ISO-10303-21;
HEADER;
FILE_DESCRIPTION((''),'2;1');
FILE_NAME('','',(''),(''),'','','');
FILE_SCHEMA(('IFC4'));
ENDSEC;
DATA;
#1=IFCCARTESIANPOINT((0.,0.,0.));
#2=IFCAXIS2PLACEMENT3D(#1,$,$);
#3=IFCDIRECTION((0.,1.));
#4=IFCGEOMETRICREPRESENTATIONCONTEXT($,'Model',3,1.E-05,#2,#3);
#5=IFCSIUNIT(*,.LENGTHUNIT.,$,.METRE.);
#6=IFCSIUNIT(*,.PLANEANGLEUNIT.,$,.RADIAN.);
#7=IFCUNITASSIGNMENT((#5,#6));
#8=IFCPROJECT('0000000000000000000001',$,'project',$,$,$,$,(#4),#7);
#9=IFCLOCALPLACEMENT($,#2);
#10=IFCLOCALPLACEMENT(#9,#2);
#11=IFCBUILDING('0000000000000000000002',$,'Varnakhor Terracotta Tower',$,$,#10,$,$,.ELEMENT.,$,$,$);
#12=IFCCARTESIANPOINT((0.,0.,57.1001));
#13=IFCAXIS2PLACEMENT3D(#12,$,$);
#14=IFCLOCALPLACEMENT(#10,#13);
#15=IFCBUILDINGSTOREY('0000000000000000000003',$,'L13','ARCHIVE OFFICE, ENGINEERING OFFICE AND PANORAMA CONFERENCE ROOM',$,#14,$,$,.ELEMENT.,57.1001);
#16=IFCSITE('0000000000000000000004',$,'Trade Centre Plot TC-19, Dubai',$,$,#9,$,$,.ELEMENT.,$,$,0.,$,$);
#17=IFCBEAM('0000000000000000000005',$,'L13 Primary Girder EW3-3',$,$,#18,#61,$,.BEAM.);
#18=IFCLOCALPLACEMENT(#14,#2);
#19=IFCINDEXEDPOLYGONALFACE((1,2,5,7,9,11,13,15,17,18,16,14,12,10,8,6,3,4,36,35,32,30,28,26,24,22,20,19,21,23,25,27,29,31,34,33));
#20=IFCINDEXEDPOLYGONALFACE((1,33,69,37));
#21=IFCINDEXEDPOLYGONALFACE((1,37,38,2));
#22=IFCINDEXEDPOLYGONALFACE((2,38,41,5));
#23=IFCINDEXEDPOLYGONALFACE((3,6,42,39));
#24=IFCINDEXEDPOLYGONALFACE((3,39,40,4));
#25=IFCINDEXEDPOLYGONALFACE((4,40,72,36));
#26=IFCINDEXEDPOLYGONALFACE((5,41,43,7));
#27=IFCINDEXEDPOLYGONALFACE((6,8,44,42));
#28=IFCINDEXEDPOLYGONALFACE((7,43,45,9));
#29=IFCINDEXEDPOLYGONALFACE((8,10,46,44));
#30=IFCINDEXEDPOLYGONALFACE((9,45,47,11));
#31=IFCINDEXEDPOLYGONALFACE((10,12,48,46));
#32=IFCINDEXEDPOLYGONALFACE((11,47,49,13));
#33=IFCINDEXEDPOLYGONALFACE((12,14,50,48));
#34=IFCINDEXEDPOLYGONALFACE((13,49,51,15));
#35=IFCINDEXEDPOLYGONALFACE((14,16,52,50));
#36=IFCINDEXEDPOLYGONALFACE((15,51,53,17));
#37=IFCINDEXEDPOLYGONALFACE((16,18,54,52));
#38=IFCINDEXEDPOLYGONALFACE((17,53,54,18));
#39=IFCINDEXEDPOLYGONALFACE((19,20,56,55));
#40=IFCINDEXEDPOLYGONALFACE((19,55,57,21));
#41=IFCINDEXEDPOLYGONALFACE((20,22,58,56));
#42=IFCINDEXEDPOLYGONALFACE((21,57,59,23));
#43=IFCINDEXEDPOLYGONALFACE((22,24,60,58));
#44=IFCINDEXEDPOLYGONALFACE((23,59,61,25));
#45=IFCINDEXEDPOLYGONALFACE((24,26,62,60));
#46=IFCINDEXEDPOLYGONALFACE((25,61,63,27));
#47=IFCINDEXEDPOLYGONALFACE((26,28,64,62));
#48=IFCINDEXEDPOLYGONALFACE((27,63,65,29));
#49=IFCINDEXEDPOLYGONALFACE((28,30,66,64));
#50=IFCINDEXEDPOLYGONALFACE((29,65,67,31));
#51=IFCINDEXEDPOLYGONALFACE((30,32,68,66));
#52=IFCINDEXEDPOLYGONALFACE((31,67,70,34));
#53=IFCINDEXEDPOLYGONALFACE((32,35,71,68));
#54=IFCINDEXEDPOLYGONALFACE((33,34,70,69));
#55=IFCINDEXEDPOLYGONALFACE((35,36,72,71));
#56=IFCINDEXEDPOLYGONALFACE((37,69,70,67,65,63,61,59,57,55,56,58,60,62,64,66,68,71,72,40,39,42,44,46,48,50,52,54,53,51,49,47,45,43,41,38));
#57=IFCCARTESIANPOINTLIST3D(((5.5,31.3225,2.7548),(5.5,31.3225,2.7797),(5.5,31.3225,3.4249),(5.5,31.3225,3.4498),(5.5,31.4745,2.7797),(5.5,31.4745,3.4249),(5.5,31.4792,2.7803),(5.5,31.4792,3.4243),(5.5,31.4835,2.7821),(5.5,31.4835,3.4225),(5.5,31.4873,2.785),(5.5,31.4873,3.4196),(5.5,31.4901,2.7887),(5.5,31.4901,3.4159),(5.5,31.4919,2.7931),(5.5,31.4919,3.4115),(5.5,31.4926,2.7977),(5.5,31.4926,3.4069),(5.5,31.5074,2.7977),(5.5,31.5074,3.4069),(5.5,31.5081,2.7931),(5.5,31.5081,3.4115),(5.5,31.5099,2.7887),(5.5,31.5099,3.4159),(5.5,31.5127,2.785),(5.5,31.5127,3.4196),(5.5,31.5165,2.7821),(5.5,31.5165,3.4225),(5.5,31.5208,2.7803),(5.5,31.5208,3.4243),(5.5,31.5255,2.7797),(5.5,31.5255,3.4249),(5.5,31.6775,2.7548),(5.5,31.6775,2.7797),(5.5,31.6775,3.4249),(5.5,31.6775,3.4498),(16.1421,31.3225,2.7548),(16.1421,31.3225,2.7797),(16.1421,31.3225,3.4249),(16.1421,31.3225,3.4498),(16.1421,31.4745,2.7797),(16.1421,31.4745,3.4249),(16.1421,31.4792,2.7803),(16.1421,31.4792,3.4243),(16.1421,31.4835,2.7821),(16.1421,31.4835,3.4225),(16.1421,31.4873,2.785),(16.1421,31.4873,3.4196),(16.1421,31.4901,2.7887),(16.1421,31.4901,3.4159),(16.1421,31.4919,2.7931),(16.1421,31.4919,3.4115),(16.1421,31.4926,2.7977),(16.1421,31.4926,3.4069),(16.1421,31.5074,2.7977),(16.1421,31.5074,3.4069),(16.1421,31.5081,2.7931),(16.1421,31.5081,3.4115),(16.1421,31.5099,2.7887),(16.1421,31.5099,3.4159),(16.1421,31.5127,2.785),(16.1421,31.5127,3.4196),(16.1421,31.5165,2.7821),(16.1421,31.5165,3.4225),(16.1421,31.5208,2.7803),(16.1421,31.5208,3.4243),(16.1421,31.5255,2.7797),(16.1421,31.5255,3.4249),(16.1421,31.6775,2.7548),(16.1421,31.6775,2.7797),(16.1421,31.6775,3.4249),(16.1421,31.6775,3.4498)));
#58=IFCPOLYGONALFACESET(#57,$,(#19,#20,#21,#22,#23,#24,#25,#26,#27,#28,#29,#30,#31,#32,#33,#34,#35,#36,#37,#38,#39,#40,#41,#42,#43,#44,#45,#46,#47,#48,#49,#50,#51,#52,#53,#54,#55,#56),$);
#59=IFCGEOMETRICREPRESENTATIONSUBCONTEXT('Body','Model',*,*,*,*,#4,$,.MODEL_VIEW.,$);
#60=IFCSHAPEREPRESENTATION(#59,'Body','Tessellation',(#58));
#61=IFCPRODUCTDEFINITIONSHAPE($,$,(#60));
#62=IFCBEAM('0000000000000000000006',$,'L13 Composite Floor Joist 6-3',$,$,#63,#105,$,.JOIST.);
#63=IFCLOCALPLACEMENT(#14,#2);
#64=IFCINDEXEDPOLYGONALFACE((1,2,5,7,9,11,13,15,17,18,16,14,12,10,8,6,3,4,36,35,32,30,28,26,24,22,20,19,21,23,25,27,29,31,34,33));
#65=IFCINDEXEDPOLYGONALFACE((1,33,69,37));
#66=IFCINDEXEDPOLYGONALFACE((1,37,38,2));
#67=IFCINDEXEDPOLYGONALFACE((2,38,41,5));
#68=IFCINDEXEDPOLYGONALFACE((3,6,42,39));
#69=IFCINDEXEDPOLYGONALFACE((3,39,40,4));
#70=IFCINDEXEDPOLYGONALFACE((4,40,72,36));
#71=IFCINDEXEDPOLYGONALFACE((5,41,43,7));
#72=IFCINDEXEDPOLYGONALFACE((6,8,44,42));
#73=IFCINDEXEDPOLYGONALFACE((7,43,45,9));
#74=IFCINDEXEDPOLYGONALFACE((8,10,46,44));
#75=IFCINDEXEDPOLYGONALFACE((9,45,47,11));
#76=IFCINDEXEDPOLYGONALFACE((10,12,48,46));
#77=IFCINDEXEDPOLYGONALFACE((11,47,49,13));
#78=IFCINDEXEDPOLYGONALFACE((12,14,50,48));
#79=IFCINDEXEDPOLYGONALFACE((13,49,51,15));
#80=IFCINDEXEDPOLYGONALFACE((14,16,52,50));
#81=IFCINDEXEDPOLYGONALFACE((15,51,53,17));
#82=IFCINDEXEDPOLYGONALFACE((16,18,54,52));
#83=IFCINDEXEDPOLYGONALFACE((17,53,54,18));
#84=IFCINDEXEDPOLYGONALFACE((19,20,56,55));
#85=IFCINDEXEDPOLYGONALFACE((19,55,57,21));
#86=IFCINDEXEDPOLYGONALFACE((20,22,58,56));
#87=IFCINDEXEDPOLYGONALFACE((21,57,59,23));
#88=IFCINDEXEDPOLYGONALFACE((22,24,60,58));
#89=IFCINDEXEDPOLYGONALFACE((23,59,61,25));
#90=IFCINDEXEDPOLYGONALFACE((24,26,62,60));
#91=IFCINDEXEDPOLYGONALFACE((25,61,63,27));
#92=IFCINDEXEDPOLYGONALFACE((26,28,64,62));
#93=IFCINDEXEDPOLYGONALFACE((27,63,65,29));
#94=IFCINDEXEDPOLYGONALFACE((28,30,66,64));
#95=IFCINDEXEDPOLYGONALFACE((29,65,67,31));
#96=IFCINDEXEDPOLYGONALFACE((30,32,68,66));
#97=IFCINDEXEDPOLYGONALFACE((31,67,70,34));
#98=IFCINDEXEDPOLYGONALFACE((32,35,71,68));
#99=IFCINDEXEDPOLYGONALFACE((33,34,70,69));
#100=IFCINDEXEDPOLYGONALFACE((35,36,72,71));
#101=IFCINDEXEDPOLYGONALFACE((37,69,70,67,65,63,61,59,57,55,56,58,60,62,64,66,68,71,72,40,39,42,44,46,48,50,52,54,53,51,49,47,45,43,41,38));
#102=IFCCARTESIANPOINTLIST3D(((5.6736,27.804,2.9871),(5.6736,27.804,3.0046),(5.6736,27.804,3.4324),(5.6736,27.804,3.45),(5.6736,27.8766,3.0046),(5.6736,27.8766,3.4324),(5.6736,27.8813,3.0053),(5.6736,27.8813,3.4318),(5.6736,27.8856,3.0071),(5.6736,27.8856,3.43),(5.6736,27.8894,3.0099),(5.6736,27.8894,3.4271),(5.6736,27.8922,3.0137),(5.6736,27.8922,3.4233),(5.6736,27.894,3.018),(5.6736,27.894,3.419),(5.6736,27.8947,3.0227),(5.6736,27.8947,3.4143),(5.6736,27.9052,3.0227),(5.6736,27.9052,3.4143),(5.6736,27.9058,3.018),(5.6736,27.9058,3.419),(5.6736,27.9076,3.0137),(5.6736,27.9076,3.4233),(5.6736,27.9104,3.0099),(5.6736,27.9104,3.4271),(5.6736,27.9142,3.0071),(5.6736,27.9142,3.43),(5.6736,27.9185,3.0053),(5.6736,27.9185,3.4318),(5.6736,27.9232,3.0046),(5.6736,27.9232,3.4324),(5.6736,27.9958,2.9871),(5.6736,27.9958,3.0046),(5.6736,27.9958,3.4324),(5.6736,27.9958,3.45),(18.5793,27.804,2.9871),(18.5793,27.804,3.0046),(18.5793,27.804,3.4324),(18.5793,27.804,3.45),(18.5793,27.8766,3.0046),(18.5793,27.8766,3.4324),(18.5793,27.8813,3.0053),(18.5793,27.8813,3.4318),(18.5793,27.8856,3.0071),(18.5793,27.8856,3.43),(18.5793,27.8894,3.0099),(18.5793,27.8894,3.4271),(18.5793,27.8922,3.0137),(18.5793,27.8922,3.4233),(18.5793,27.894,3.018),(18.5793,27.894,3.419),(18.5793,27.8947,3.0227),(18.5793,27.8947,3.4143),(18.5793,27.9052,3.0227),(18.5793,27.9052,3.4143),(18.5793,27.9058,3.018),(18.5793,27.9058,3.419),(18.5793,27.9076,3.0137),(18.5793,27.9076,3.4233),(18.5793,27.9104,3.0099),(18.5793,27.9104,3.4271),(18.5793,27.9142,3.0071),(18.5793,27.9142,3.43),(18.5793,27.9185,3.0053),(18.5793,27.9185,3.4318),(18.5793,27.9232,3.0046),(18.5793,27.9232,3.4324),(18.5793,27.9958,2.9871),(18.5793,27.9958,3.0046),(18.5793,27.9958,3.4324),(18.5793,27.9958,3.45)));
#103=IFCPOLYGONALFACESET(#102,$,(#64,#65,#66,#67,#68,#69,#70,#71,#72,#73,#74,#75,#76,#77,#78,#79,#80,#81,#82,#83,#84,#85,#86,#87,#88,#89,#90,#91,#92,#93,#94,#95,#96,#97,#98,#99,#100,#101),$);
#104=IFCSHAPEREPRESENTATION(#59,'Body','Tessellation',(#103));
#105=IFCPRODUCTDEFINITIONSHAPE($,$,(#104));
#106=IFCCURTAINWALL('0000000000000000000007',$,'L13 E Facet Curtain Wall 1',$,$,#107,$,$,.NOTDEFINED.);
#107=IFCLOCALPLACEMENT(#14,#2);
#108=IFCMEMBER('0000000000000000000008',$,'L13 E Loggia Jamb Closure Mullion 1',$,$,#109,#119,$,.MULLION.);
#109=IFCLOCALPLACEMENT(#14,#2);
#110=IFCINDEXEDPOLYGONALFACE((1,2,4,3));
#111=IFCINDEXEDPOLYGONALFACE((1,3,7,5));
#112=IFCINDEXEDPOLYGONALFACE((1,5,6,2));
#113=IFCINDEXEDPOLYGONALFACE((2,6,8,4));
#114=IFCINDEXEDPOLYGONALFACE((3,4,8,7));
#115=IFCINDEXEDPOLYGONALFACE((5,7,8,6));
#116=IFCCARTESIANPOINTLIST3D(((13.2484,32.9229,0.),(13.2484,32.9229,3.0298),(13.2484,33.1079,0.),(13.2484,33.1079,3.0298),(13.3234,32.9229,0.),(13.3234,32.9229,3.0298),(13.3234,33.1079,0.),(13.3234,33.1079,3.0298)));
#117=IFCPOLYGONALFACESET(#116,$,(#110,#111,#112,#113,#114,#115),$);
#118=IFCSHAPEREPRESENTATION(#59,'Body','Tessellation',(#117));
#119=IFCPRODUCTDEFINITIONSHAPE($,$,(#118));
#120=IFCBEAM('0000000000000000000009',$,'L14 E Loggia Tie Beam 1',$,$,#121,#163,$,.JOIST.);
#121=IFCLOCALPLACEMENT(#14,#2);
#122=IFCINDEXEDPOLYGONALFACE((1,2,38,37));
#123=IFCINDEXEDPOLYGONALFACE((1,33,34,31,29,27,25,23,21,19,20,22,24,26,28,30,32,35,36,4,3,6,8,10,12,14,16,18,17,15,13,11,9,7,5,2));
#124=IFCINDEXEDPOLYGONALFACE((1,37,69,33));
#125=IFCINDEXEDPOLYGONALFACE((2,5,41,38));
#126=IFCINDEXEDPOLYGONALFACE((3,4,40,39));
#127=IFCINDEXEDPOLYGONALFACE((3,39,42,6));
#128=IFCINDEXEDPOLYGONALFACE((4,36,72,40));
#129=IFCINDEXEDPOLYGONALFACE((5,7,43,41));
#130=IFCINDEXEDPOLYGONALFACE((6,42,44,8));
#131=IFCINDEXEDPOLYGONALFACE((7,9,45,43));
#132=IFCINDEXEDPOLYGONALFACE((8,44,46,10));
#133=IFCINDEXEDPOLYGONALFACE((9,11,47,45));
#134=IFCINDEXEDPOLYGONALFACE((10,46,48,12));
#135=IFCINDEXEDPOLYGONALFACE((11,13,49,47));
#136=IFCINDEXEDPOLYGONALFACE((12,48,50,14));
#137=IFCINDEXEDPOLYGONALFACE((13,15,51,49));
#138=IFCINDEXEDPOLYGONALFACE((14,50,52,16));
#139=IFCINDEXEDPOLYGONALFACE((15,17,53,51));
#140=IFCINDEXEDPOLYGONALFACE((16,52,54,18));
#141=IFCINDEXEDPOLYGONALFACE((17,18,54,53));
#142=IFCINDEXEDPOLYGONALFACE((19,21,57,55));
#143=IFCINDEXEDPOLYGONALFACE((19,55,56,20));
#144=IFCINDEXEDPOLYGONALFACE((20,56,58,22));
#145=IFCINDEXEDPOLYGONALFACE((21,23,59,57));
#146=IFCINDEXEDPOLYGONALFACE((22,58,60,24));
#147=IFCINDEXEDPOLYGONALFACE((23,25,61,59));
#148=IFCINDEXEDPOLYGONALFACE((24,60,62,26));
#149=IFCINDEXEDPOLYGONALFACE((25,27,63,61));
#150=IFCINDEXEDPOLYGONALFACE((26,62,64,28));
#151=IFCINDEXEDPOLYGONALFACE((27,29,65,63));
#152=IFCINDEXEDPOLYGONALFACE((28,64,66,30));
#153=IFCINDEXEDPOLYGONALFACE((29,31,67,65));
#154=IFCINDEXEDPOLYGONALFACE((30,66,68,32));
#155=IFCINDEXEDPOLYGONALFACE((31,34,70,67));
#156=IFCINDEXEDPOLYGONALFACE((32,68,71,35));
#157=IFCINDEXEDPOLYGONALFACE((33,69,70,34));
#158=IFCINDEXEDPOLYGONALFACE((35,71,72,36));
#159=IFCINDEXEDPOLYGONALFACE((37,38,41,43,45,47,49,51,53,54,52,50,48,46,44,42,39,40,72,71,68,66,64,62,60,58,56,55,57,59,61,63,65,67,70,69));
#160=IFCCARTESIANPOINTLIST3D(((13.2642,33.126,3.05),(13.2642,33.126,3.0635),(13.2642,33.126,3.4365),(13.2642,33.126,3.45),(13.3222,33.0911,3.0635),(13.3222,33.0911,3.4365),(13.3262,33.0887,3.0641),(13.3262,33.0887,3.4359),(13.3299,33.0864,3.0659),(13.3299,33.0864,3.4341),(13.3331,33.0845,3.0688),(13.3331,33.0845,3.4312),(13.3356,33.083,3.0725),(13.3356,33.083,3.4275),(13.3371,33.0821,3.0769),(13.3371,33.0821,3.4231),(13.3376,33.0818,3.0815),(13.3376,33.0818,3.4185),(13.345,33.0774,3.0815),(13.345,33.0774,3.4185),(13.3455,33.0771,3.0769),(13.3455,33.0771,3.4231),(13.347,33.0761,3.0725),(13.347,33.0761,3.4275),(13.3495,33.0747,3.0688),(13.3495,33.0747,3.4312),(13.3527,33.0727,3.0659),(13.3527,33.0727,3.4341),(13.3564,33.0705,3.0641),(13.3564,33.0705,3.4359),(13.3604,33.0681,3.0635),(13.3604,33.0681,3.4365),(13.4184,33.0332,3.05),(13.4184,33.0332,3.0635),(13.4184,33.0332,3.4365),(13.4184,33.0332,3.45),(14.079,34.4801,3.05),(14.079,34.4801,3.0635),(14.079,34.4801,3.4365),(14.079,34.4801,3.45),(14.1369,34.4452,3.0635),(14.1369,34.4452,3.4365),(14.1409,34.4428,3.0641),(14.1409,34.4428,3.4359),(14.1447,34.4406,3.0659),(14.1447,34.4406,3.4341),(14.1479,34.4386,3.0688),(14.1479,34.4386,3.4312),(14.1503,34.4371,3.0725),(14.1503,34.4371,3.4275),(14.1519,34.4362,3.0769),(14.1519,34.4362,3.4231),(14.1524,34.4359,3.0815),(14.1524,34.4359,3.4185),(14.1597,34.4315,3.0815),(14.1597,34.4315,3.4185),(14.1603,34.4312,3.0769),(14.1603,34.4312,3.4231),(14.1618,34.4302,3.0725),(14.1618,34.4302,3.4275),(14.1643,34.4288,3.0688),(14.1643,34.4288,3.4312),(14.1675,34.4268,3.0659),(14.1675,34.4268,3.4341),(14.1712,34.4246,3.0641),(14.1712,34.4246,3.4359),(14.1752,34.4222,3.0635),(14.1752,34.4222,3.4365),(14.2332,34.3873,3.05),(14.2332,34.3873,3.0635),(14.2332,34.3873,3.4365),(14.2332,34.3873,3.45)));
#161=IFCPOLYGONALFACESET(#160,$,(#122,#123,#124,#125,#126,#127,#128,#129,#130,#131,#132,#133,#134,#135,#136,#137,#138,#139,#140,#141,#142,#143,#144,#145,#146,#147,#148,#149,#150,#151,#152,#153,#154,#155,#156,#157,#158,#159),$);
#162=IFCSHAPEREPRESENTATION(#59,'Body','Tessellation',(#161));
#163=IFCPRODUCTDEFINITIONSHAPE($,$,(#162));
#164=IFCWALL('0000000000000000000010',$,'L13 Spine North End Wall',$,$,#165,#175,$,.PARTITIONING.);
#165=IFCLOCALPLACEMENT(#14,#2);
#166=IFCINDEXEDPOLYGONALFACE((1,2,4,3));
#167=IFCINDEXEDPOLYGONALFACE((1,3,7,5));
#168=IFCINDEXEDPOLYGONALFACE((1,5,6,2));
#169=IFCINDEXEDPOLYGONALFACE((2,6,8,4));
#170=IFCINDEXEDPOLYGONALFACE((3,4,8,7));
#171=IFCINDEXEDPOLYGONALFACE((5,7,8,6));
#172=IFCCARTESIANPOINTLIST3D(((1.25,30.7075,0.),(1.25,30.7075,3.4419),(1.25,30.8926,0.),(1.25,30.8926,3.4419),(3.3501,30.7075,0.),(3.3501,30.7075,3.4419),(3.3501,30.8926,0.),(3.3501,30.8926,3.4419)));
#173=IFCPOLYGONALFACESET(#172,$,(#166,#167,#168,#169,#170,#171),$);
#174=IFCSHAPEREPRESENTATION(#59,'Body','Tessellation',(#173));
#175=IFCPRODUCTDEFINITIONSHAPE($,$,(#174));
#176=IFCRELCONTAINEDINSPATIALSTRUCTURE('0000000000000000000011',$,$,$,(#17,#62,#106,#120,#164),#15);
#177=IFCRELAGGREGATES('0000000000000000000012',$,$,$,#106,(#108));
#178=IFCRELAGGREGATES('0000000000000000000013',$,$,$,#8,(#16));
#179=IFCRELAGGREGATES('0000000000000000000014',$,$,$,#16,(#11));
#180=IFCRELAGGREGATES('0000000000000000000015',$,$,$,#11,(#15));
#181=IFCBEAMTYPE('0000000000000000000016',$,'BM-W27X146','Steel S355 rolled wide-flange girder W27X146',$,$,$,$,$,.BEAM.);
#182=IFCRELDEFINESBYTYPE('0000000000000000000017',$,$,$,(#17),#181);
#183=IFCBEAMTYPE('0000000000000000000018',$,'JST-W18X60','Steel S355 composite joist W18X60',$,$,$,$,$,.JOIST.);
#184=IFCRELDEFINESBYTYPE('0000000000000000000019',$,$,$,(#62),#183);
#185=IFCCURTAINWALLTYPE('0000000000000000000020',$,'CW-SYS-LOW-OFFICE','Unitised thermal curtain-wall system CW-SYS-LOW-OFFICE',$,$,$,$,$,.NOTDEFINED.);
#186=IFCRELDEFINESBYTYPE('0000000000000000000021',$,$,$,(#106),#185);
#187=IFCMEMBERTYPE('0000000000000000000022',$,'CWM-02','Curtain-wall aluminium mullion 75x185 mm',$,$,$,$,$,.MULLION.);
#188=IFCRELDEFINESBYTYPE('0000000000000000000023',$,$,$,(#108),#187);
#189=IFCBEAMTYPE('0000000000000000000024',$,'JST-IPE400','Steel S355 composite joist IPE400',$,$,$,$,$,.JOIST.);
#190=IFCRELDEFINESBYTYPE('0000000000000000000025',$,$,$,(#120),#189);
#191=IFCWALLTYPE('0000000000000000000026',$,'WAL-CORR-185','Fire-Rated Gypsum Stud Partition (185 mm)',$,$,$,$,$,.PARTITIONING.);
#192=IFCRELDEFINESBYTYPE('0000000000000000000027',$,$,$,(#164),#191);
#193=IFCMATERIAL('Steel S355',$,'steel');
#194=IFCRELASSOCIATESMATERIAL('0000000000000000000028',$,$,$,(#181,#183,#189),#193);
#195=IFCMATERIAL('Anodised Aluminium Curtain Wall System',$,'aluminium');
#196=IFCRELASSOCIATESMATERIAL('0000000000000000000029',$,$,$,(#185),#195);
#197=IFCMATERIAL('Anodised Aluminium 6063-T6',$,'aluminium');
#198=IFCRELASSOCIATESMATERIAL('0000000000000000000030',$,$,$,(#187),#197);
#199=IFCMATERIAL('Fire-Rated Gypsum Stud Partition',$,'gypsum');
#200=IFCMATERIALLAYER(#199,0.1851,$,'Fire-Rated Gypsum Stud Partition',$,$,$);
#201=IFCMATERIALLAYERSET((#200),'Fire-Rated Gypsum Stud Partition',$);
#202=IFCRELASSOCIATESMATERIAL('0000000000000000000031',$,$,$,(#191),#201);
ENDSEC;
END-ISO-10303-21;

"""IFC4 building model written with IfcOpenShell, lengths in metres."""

from ifc_helpers import new_model, si_unit, direction, frame, frame_2d, origin, origin_2d, place, context, subcontext, project, spatial, rectangle, i_section, extrude, source, transform, mapped, material, layer, layer_set, material_profile, profile_set, type_object, element, aggregate, save


model = new_model("IFC4")

# Units and contexts
model_context = context("Model", 3, precision=1e-05, world=origin(), true_north=direction((0.0, 1.0)))
body_context = subcontext(model_context, "Body", "Model", "MODEL_VIEW")
ifc_project = project(units=[si_unit("LENGTHUNIT", "METRE"), si_unit("PLANEANGLEUNIT", "RADIAN")], contexts=[model_context])

# Site, building, storey
site_placement = place(None, origin())
site = spatial("IfcSite", under=ifc_project, at=site_placement, Name="Trade Centre Plot TC-19, Dubai", CompositionType="ELEMENT", RefElevation=0.0)
building_placement = place(site_placement, origin())
building = spatial("IfcBuilding", under=site, at=building_placement, Name="Varnakhor Terracotta Tower", CompositionType="ELEMENT")
storey_placement = place(building_placement, frame((0.0, 0.0, 57.1001)))
storey = spatial("IfcBuildingStorey", under=building, at=storey_placement, Name="L13", Description="ARCHIVE OFFICE, ENGINEERING OFFICE AND PANORAMA CONFERENCE ROOM", CompositionType="ELEMENT", Elevation=57.1001)

# Beams
ifc_material_1 = material(Name="Steel S355", Category="steel")
ifc_material_profile_1 = material_profile(ifc_material_1, i_section(OverallWidth=0.355, OverallDepth=0.6951, WebThickness=0.0149, FlangeThickness=0.0249, FilletRadius=0.0181, at=origin_2d()), Name="W27X146")
ifc_profile_set_1 = profile_set([ifc_material_profile_1], Name="Steel S355")
beam_type_1 = type_object("IfcBeamType", Name="BM-W27X146", Description="Steel S355 rolled wide-flange girder W27X146", PredefinedType="BEAM", material=ifc_profile_set_1)
shared_shape_1 = source(origin(), body_context, "Body", "SweptSolid", [
    extrude(i_section(OverallWidth=0.355, OverallDepth=0.6951, WebThickness=0.0149, FlangeThickness=0.0249, FilletRadius=0.0181, at=origin_2d()), origin(), (0.0, 0.0, 1.0), 10.6421),
])
beam_1_placement = place(storey_placement, frame((5.5, 31.5, 3.1023), z_axis=(1.0, 0.0, 0.0), x_axis=(0.0, 1.0, 0.0)))
element("IfcBeam", 1, at=beam_1_placement, inside=storey, type_object=beam_type_1, Name="L13 Primary Girder EW3-3", PredefinedType="BEAM", context=body_context, shape_type="MappedRepresentation", body=[
    mapped(shared_shape_1, transform((0.0, 0.0, 0.0), scale=1.0)),
])
ifc_material_profile_2 = material_profile(ifc_material_1, i_section(OverallWidth=0.1919, OverallDepth=0.4629, WebThickness=0.0105, FlangeThickness=0.0176, FilletRadius=0.0181, at=origin_2d()), Name="W18X60")
ifc_profile_set_2 = profile_set([ifc_material_profile_2], Name="Steel S355")
beam_type_2 = type_object("IfcBeamType", Name="JST-W18X60", Description="Steel S355 composite joist W18X60", PredefinedType="JOIST", material=ifc_profile_set_2)
shared_shape_2 = source(origin(), body_context, "Body", "SweptSolid", [
    extrude(i_section(OverallWidth=0.1919, OverallDepth=0.4629, WebThickness=0.0105, FlangeThickness=0.0176, FilletRadius=0.0181, at=origin_2d()), origin(), (0.0, 0.0, 1.0), 12.9058),
])
beam_2_placement = place(storey_placement, frame((5.6736, 27.8999, 3.2185), z_axis=(1.0, 0.0, 0.0), x_axis=(0.0, 1.0, 0.0)))
element("IfcBeam", 2, at=beam_2_placement, inside=storey, type_object=beam_type_2, Name="L13 Composite Floor Joist 6-3", PredefinedType="JOIST", context=body_context, shape_type="MappedRepresentation", body=[
    mapped(shared_shape_2, transform((0.0, 0.0, 0.0), scale=1.0)),
])

# Curtain wall, member
ifc_material_2 = material(Name="Anodised Aluminium Curtain Wall System", Category="aluminium")
curtain_wall_type = type_object("IfcCurtainWallType", Name="CW-SYS-LOW-OFFICE", Description="Unitised thermal curtain-wall system CW-SYS-LOW-OFFICE", PredefinedType="NOTDEFINED", material=ifc_material_2)
curtain_wall_placement = place(storey_placement, origin())
curtain_wall = element("IfcCurtainWall", 3, at=curtain_wall_placement, inside=storey, type_object=curtain_wall_type, Name="L13 E Facet Curtain Wall 1", PredefinedType="NOTDEFINED")
ifc_material_3 = material(Name="Anodised Aluminium 6063-T6", Category="aluminium")
ifc_material_profile_3 = material_profile(ifc_material_3, rectangle(XDim=0.075, YDim=0.1851, at=origin_2d()), Name="ALU MULLION 75x185")
ifc_profile_set_3 = profile_set([ifc_material_profile_3], Name="Anodised Aluminium 6063-T6")
member_type = type_object("IfcMemberType", Name="CWM-02", Description="Curtain-wall aluminium mullion 75x185 mm", PredefinedType="MULLION", material=ifc_profile_set_3)
shared_shape_3 = source(origin(), body_context, "Body", "SweptSolid", [
    extrude(rectangle(XDim=0.075, YDim=0.1851, at=origin_2d()), origin(), (0.0, 0.0, 1.0), 3.0298),
])
member_placement = place(storey_placement, frame((13.2859, 33.0154, 0.0), z_axis=(0.0, 0.0, 1.0), x_axis=(1.0, 0.0, 0.0)))
member = element("IfcMember", 4, at=member_placement, type_object=member_type, Name="L13 E Loggia Jamb Closure Mullion 1", PredefinedType="MULLION", context=body_context, shape_type="MappedRepresentation", body=[
    mapped(shared_shape_3, transform((0.0, 0.0, 0.0), scale=1.0)),
])
aggregate(curtain_wall, [member])

# Beam
ifc_material_profile_4 = material_profile(ifc_material_1, i_section(OverallWidth=0.1799, OverallDepth=0.3999, WebThickness=0.0085, FlangeThickness=0.0134, FilletRadius=0.0181, at=origin_2d()), Name="IPE400")
ifc_profile_set_4 = profile_set([ifc_material_profile_4], Name="Steel S355")
beam_type_3 = type_object("IfcBeamType", Name="JST-IPE400", Description="Steel S355 composite joist IPE400", PredefinedType="JOIST", material=ifc_profile_set_4)
shared_shape_4 = source(origin(), body_context, "Body", "SweptSolid", [
    extrude(i_section(OverallWidth=0.1799, OverallDepth=0.3999, WebThickness=0.0085, FlangeThickness=0.0134, FilletRadius=0.0181, at=origin_2d()), origin(), (0.0, 0.0, 1.0), 1.5803),
])
beam_3_placement = place(storey_placement, frame((13.3413, 33.0796, 3.25), z_axis=(0.515563, 0.856852, 0.0), x_axis=(-0.856852, 0.515563, 0.0)))
element("IfcBeam", 5, at=beam_3_placement, inside=storey, type_object=beam_type_3, Name="L14 E Loggia Tie Beam 1", PredefinedType="JOIST", context=body_context, shape_type="MappedRepresentation", body=[
    mapped(shared_shape_4, transform((0.0, 0.0, 0.0), scale=1.0)),
])

# Wall
ifc_material_4 = material(Name="Fire-Rated Gypsum Stud Partition", Category="gypsum")
ifc_layer_1 = layer(ifc_material_4, 0.1851, Name="Fire-Rated Gypsum Stud Partition")
ifc_layer_set_1 = layer_set([ifc_layer_1], Name="Fire-Rated Gypsum Stud Partition")
wall_type_1 = type_object("IfcWallType", Name="WAL-CORR-185", Description="Fire-Rated Gypsum Stud Partition (185 mm)", PredefinedType="PARTITIONING", material=ifc_layer_set_1)
wall_1_placement = place(storey_placement, frame((1.25, 30.8, 0.0), z_axis=(0.0, 0.0, 1.0), x_axis=(1.0, 0.0, 0.0)))
element("IfcWall", 6, at=wall_1_placement, inside=storey, type_object=wall_type_1, Name="L13 Spine North End Wall", PredefinedType="PARTITIONING", context=body_context, shape_type="SweptSolid", body=[
    extrude(rectangle(XDim=2.1001, YDim=0.1851, at=frame_2d((1.05, 0.0))), origin(), (0.0, 0.0, 1.0), 3.4419),
])

save(model, "model.ifc")
